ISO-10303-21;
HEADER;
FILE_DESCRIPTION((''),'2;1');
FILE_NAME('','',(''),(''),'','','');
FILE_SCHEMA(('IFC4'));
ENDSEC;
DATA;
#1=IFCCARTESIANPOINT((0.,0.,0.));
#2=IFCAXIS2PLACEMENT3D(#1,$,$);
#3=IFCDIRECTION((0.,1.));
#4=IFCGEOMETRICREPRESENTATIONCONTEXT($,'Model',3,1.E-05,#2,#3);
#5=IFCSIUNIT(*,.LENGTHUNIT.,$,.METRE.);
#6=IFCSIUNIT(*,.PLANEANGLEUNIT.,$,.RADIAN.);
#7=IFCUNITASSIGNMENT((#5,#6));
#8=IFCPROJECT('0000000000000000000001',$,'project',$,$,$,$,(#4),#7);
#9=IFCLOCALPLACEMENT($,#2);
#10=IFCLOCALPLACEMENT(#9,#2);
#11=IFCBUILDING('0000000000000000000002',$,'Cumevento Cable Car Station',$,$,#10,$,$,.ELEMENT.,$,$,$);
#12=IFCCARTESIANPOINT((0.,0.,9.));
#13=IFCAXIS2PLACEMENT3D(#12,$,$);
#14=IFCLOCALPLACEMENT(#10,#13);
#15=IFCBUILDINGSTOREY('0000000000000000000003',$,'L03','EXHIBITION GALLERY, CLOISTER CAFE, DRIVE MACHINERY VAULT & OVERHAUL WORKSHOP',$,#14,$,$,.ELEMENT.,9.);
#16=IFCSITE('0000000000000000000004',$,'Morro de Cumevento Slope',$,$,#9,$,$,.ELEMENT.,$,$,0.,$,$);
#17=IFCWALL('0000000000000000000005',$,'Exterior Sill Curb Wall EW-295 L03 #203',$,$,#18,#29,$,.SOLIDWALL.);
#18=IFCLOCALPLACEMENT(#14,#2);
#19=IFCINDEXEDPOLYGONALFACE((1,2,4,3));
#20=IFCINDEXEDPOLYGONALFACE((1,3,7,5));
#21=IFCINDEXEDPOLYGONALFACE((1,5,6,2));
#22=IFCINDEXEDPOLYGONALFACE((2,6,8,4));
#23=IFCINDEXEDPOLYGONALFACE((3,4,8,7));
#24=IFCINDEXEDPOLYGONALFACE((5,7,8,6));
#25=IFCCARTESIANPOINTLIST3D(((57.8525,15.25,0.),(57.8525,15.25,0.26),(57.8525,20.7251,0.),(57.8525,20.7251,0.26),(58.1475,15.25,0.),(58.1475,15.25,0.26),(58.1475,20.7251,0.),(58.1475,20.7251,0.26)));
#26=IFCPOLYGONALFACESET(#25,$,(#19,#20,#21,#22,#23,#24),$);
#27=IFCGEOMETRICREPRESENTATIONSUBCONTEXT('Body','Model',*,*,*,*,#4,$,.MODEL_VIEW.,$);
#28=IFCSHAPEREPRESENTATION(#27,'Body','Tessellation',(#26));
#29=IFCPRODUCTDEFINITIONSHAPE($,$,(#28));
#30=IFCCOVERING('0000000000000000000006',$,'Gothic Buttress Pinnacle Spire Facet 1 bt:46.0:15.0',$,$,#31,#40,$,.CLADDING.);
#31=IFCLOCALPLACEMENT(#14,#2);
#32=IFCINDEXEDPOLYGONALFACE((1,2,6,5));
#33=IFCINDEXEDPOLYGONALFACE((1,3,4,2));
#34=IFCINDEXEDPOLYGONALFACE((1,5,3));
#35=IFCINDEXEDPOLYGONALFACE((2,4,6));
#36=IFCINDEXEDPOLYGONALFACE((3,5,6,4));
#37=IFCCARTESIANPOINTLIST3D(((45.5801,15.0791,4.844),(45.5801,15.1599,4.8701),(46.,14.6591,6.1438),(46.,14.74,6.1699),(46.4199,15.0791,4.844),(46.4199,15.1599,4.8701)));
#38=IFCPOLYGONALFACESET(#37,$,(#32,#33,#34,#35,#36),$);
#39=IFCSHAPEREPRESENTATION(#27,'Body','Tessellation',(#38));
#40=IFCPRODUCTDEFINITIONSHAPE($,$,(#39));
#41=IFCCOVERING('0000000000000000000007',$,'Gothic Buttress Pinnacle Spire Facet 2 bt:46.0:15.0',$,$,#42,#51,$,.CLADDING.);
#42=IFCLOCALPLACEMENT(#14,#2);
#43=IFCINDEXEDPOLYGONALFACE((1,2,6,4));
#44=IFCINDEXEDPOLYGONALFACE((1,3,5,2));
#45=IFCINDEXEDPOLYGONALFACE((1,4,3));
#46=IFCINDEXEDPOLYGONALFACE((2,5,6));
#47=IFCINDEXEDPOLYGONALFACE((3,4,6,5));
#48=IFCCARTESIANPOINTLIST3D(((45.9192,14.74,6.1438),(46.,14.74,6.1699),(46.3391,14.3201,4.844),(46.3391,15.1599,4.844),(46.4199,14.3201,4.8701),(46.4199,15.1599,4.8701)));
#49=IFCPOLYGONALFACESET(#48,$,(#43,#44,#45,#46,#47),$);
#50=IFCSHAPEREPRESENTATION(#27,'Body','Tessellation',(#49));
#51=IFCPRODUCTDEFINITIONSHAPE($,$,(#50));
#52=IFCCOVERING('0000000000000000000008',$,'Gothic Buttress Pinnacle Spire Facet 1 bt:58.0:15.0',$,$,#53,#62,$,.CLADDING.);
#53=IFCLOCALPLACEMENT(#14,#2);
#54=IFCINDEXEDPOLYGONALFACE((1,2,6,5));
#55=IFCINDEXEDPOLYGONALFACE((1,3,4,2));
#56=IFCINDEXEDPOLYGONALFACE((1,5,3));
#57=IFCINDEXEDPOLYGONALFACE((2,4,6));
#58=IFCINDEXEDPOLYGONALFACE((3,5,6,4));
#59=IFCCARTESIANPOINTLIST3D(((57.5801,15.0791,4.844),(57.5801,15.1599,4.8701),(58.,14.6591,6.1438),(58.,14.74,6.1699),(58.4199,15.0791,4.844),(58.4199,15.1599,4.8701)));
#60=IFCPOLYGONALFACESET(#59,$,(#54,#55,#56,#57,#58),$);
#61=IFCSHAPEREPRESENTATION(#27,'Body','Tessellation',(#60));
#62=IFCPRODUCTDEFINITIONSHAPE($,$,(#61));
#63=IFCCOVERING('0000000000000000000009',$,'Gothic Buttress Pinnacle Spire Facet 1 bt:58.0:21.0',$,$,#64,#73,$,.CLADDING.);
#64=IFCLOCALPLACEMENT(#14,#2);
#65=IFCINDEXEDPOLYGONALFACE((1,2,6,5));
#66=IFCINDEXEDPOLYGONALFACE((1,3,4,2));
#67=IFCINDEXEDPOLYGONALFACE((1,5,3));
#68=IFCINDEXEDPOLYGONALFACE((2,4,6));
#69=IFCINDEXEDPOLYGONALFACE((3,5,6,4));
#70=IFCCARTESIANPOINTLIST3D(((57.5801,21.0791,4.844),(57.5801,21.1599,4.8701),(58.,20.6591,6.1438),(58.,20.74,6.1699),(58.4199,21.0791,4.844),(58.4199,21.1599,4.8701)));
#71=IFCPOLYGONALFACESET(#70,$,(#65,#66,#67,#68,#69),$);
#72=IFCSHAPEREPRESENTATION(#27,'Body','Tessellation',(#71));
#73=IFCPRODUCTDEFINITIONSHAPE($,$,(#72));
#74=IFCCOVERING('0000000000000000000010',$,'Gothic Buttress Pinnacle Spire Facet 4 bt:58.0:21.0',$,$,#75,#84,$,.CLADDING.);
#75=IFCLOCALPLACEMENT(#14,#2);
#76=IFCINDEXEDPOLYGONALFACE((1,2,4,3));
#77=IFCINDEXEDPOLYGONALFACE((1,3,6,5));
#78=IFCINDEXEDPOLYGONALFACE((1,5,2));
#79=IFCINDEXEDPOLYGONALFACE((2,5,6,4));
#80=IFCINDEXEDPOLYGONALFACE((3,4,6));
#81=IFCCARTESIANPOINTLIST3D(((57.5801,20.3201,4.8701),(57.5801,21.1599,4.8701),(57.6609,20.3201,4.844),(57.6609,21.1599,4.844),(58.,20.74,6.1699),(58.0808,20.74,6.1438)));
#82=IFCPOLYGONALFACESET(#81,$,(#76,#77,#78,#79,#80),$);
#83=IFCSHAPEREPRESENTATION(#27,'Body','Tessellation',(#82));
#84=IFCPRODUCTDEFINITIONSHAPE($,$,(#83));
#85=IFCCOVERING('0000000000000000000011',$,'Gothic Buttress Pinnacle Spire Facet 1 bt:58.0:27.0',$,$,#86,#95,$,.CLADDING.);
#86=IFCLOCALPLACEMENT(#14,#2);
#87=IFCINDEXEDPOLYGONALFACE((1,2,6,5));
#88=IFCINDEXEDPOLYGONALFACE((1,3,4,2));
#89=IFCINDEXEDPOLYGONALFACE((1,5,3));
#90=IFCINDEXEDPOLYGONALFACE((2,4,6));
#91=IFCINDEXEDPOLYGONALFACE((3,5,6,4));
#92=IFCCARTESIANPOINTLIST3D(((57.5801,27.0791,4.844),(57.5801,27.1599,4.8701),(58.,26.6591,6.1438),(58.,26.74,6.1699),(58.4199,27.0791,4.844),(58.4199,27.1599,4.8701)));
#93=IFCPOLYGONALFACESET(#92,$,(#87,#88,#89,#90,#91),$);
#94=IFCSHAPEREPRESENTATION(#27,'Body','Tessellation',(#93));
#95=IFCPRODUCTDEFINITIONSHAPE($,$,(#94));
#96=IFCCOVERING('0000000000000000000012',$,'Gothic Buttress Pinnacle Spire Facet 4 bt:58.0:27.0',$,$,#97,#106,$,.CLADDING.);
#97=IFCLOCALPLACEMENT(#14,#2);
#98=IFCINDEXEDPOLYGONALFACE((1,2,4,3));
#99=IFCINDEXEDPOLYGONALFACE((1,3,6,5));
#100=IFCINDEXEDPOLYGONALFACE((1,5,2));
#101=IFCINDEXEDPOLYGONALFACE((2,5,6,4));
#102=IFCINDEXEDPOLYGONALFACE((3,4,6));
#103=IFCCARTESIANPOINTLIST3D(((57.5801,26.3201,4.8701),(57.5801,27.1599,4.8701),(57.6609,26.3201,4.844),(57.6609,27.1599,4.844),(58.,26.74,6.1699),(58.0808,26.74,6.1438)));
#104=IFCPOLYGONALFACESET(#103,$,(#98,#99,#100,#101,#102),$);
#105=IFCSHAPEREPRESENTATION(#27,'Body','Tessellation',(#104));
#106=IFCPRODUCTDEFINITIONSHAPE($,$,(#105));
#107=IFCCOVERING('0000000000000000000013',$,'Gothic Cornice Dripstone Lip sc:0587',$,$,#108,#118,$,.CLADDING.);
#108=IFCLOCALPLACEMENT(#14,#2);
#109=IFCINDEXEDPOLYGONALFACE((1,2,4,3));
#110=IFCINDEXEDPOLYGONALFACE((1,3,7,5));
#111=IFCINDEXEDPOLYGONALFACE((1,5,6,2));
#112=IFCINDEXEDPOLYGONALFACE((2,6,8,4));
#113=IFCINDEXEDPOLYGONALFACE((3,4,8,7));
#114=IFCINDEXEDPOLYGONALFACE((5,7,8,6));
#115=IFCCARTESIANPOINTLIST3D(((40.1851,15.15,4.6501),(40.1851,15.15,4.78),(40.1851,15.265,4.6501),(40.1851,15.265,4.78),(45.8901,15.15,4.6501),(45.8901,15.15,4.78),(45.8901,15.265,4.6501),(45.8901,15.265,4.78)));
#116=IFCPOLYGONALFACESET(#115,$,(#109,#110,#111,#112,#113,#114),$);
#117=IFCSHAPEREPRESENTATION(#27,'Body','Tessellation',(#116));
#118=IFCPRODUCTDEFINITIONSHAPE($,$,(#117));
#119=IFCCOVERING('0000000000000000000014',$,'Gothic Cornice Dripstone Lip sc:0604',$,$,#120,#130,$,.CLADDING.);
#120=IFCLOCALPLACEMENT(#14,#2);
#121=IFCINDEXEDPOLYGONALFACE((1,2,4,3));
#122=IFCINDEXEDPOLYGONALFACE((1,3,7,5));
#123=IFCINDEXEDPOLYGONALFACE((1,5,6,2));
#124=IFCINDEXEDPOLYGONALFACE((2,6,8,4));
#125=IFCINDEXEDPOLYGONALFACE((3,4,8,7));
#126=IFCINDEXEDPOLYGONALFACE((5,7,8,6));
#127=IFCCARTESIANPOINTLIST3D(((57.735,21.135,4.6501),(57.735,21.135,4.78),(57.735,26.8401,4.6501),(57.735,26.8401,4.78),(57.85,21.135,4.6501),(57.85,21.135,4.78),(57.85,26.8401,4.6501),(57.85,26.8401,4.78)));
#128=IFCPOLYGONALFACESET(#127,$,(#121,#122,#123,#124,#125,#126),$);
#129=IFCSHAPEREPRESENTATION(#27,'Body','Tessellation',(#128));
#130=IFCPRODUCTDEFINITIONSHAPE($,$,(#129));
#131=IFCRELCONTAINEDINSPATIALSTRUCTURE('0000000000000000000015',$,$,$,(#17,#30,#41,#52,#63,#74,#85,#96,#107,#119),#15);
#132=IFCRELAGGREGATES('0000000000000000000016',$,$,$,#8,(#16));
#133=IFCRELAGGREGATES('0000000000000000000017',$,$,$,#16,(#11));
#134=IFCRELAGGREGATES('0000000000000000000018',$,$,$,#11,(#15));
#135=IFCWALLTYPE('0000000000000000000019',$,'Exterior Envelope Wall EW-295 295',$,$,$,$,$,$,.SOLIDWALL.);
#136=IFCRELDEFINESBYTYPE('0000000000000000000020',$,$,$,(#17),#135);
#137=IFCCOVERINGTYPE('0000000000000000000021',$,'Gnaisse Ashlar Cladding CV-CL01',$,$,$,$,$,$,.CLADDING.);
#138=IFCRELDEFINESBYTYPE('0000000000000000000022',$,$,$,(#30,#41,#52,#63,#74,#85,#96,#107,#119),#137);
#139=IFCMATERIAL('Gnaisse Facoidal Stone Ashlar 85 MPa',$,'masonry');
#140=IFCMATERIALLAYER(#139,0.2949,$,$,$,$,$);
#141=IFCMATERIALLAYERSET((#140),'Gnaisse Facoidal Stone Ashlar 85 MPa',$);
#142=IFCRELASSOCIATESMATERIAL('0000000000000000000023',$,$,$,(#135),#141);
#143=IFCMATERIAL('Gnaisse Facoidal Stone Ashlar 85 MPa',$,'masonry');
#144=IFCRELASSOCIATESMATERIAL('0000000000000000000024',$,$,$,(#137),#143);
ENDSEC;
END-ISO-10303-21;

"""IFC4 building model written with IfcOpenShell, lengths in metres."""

from ifc_helpers import new_model, si_unit, direction, frame, frame_2d, origin, origin_2d, place, context, subcontext, project, spatial, polyline, rectangle, outline, extrude, material, layer, layer_set, type_object, element, save


model = new_model("IFC4")

# Units and contexts
model_context = context("Model", 3, precision=1e-05, world=origin(), true_north=direction((0.0, 1.0)))
body_context = subcontext(model_context, "Body", "Model", "MODEL_VIEW")
ifc_project = project(units=[si_unit("LENGTHUNIT", "METRE"), si_unit("PLANEANGLEUNIT", "RADIAN")], contexts=[model_context])

# Site, building, storey
site_placement = place(None, origin())
site = spatial("IfcSite", under=ifc_project, at=site_placement, Name="Morro de Cumevento Slope", CompositionType="ELEMENT", RefElevation=0.0)
building_placement = place(site_placement, origin())
building = spatial("IfcBuilding", under=site, at=building_placement, Name="Cumevento Cable Car Station", CompositionType="ELEMENT")
storey_placement = place(building_placement, frame((0.0, 0.0, 9.0)))
storey = spatial("IfcBuildingStorey", under=building, at=storey_placement, Name="L03", Description="EXHIBITION GALLERY, CLOISTER CAFE, DRIVE MACHINERY VAULT & OVERHAUL WORKSHOP", CompositionType="ELEMENT", Elevation=9.0)

# Wall
ifc_material_1 = material(Name="Gnaisse Facoidal Stone Ashlar 85 MPa", Category="masonry")
ifc_layer_1 = layer(ifc_material_1, 0.2949)
ifc_layer_set_1 = layer_set([ifc_layer_1], Name="Gnaisse Facoidal Stone Ashlar 85 MPa")
wall_type = type_object("IfcWallType", Name="Exterior Envelope Wall EW-295 295", PredefinedType="SOLIDWALL", material=ifc_layer_set_1)
wall_placement = place(storey_placement, frame((58.0, 15.25, 0.0), z_axis=(0.0, 0.0, 1.0), x_axis=(0.0, 1.0, 0.0)))
element("IfcWall", 1, at=wall_placement, inside=storey, type_object=wall_type, Name="Exterior Sill Curb Wall EW-295 L03 #203", PredefinedType="SOLIDWALL", context=body_context, shape_type="SweptSolid", body=[
    extrude(rectangle(XDim=5.4751, YDim=0.2949, at=frame_2d((2.7375, 0.0))), origin(), (0.0, 0.0, 1.0), 0.26),
])

# Coverings
ifc_material_2 = material(Name="Gnaisse Facoidal Stone Ashlar 85 MPa", Category="masonry")
covering_type = type_object("IfcCoveringType", Name="Gnaisse Ashlar Cladding CV-CL01", PredefinedType="CLADDING", material=ifc_material_2)
for number, where, z_axis, x_axis, name in (
    (2, (45.5801, 15.1599, 4.8701), (0.0, 0.951574, 0.307421), (1.0, 0.0, 0.0), "Gothic Buttress Pinnacle Spire Facet 1 bt:46.0:15.0"),
    (3, (46.4199, 15.1599, 4.8701), (0.951574, 0.0, 0.307421), (0.0, -1.0, 0.0), "Gothic Buttress Pinnacle Spire Facet 2 bt:46.0:15.0"),
    (4, (57.5801, 15.1599, 4.8701), (0.0, 0.951574, 0.307421), (1.0, 0.0, 0.0), "Gothic Buttress Pinnacle Spire Facet 1 bt:58.0:15.0"),
    (5, (57.5801, 21.1599, 4.8701), (0.0, 0.951574, 0.307421), (1.0, 0.0, 0.0), "Gothic Buttress Pinnacle Spire Facet 1 bt:58.0:21.0"),
    (6, (57.5801, 20.3201, 4.8701), (-0.951574, 0.0, 0.307421), (0.0, 1.0, 0.0), "Gothic Buttress Pinnacle Spire Facet 4 bt:58.0:21.0"),
    (7, (57.5801, 27.1599, 4.8701), (0.0, 0.951574, 0.307421), (1.0, 0.0, 0.0), "Gothic Buttress Pinnacle Spire Facet 1 bt:58.0:27.0"),
    (8, (57.5801, 26.3201, 4.8701), (-0.951574, 0.0, 0.307421), (0.0, 1.0, 0.0), "Gothic Buttress Pinnacle Spire Facet 4 bt:58.0:27.0"),
):
    element("IfcCovering", number, at=place(storey_placement, frame(where, z_axis=z_axis, x_axis=x_axis)), inside=storey, type_object=covering_type, Name=name, PredefinedType="CLADDING", context=body_context, shape_type="SweptSolid", body=[
        extrude(outline(polyline([(0.0, 0.0), (0.8398, 0.0), (0.4199, -1.366), (0.0, 0.0)])), origin(), (0.0, 0.0, -1.0), 0.085),
    ])
for number, where, z_axis, x_axis, name in (
    (9, (43.0376, 15.2075, 4.6501), (0.0, 0.0, 1.0), (1.0, 0.0, 0.0), "Gothic Cornice Dripstone Lip sc:0587"),
    (10, (57.7925, 23.9875, 4.6501), (0.0, 0.0, 1.0), (0.0, 1.0, 0.0), "Gothic Cornice Dripstone Lip sc:0604"),
):
    element("IfcCovering", number, at=place(storey_placement, frame(where, z_axis=z_axis, x_axis=x_axis)), inside=storey, type_object=covering_type, Name=name, PredefinedType="CLADDING", context=body_context, shape_type="SweptSolid", body=[
        extrude(rectangle(XDim=5.7051, YDim=0.115, at=origin_2d()), origin(), (0.0, 0.0, 1.0), 0.1299),
    ])

save(model, "model.ifc")
